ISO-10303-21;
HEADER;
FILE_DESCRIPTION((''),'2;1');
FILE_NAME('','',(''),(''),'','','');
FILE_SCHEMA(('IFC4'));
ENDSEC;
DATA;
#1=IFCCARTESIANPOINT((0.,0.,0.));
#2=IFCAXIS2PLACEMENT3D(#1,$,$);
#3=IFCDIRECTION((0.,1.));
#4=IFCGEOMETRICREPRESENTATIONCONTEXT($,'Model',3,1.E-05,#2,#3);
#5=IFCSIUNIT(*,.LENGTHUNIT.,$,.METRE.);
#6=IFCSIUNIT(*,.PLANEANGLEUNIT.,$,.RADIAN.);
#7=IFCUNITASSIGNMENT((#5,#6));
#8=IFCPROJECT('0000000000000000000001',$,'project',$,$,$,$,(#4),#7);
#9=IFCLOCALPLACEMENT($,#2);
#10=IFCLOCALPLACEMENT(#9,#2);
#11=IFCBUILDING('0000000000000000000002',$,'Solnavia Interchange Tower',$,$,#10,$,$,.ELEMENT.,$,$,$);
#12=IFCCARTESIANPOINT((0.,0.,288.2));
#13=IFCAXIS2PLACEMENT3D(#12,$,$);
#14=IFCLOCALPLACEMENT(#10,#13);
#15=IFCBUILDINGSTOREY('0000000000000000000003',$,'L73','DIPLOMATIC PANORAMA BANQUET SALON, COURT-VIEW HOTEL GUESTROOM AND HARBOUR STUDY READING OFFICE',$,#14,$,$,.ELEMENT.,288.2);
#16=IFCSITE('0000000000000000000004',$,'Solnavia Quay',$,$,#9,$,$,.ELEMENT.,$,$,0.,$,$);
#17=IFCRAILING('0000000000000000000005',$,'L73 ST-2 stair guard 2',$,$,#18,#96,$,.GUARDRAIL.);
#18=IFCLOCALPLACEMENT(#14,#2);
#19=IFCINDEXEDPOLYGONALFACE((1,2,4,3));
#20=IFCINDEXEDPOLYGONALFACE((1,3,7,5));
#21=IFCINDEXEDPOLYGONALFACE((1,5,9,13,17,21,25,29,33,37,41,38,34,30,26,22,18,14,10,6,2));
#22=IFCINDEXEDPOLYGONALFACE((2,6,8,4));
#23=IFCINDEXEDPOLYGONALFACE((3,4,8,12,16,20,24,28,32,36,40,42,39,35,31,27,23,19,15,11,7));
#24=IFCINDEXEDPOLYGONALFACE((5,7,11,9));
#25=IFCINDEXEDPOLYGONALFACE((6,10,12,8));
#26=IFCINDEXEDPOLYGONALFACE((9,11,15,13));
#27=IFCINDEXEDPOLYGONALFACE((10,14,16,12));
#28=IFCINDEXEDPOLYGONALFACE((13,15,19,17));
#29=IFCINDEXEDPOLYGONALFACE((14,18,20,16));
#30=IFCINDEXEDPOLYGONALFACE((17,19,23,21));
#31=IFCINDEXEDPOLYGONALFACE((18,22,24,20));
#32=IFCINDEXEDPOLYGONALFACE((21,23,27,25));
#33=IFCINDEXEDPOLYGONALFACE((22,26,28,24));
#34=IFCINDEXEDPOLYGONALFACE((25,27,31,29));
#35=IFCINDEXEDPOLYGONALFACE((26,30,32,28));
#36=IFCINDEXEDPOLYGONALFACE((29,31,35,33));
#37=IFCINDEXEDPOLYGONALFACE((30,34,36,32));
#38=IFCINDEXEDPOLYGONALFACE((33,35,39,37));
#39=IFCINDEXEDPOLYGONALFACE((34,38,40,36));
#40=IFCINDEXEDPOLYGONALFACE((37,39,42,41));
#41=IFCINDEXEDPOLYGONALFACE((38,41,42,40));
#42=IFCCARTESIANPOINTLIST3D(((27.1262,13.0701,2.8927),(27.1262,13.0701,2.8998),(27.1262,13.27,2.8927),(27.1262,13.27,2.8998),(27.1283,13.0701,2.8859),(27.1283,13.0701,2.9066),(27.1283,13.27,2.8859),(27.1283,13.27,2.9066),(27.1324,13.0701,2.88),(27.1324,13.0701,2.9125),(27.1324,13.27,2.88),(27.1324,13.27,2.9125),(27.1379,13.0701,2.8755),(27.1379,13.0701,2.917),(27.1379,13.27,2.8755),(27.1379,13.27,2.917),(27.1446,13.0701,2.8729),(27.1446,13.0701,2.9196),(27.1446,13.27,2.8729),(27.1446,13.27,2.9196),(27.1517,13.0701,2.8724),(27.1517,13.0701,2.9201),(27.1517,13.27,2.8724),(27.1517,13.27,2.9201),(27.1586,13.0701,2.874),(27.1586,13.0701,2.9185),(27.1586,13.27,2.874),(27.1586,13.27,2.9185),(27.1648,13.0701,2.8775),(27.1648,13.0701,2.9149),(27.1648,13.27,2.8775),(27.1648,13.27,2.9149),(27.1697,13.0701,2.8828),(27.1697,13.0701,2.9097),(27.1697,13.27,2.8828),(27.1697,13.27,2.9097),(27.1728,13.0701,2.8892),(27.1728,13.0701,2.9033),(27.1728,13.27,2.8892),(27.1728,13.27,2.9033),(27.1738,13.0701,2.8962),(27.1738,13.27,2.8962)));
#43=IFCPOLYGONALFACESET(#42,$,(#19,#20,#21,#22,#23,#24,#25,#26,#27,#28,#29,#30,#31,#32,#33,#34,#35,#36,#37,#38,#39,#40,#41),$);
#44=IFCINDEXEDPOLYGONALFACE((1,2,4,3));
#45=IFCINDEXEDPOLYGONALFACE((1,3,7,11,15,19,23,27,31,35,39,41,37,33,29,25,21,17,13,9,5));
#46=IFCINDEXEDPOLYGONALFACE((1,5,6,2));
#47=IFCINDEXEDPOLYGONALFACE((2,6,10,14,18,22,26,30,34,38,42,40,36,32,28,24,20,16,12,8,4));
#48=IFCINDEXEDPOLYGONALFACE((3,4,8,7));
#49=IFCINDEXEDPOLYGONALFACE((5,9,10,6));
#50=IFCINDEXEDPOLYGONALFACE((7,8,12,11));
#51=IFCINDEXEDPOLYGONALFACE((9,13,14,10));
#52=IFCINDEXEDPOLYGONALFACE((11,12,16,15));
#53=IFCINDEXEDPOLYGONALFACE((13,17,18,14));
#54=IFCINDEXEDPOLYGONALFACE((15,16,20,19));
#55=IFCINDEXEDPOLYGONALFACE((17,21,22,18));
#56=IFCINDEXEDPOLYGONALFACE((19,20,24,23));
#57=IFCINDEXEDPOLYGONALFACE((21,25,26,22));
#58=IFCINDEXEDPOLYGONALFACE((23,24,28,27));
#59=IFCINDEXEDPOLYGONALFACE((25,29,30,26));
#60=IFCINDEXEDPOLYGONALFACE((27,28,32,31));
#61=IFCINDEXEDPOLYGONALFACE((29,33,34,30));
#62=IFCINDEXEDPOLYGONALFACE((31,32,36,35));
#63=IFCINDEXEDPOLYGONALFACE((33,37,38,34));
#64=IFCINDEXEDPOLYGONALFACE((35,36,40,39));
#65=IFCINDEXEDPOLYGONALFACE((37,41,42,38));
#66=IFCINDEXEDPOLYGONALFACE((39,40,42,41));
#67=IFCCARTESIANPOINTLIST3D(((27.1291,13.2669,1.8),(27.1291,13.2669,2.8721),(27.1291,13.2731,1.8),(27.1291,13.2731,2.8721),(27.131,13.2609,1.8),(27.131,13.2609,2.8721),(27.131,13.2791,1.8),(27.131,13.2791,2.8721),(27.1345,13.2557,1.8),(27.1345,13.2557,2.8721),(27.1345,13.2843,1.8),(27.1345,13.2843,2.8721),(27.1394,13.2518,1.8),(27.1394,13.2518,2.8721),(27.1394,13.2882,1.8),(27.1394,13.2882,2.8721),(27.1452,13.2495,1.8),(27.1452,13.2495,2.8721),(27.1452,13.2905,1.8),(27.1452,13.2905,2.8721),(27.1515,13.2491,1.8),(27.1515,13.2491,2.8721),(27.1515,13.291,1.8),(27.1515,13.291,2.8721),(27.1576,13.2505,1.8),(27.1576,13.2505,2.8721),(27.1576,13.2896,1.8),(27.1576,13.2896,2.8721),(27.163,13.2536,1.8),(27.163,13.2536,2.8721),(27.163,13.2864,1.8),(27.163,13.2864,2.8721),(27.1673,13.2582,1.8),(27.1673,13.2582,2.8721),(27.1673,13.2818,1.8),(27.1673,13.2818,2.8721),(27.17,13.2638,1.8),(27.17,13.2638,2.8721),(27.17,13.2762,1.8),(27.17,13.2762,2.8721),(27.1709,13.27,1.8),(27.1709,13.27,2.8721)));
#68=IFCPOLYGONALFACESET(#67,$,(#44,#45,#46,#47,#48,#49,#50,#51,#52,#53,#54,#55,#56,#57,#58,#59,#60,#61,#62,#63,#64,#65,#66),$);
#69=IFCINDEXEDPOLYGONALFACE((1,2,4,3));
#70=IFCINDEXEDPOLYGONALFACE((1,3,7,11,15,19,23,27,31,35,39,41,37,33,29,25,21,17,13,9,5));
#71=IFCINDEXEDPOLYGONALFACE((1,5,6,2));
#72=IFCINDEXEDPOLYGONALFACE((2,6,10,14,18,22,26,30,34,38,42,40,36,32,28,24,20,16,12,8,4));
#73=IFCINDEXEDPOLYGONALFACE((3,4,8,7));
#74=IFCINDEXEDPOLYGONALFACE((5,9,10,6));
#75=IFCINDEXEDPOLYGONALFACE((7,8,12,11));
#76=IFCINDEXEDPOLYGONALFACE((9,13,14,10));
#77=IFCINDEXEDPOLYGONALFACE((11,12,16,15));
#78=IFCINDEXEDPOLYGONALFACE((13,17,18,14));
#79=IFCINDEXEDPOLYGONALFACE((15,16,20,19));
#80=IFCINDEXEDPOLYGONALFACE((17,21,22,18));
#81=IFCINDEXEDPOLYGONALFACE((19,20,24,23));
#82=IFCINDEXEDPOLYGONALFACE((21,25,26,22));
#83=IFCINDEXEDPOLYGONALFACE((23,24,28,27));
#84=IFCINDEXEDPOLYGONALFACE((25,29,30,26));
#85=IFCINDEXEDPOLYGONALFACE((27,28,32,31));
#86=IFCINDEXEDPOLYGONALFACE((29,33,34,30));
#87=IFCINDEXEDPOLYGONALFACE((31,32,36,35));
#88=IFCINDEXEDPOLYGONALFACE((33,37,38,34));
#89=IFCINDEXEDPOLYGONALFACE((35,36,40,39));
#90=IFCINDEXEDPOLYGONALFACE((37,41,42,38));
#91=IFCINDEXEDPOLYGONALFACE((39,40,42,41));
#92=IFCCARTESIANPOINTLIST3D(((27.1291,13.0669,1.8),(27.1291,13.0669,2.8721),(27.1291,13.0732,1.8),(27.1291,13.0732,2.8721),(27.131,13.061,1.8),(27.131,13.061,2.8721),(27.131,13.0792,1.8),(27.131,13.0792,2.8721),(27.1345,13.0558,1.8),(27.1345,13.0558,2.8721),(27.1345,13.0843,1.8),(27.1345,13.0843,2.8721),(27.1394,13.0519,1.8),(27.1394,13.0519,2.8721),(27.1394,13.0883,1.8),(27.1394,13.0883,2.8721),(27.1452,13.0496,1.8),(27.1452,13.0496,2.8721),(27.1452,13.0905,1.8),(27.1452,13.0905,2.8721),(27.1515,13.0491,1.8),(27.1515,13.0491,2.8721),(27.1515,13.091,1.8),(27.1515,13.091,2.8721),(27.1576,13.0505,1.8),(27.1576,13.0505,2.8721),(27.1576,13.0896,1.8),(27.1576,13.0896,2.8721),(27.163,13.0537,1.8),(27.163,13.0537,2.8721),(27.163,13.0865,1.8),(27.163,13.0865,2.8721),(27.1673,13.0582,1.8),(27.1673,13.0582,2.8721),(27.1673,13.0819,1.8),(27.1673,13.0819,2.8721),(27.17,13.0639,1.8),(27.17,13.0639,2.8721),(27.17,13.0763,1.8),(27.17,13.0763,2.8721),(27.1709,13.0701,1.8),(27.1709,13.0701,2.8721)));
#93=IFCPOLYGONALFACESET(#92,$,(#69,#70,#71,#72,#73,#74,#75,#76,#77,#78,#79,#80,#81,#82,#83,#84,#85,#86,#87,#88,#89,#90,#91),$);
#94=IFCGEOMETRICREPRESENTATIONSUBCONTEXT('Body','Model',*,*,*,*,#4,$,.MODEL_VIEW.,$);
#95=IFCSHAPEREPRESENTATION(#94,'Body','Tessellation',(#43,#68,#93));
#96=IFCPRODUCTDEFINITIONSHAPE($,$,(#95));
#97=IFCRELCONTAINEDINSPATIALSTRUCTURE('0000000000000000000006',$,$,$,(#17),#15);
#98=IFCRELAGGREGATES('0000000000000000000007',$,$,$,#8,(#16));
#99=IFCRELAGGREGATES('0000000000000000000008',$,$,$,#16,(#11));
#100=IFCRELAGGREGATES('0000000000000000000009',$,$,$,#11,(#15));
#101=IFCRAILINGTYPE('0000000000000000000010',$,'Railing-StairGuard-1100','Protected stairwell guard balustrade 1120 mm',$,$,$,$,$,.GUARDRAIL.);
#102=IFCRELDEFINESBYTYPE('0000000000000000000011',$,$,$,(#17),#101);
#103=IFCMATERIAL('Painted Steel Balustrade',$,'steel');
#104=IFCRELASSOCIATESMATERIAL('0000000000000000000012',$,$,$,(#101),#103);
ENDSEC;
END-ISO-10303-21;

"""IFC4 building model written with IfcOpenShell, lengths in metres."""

from ifc_helpers import new_model, si_unit, direction, frame, origin, origin_2d, place, context, subcontext, project, spatial, circle, extrude, material, type_object, element, save


model = new_model("IFC4")

# Units and contexts
model_context = context("Model", 3, precision=1e-05, world=origin(), true_north=direction((0.0, 1.0)))
body_context = subcontext(model_context, "Body", "Model", "MODEL_VIEW")
ifc_project = project(units=[si_unit("LENGTHUNIT", "METRE"), si_unit("PLANEANGLEUNIT", "RADIAN")], contexts=[model_context])

# Site, building, storey
site_placement = place(None, origin())
site = spatial("IfcSite", under=ifc_project, at=site_placement, Name="Solnavia Quay", CompositionType="ELEMENT", RefElevation=0.0)
building_placement = place(site_placement, origin())
building = spatial("IfcBuilding", under=site, at=building_placement, Name="Solnavia Interchange Tower", CompositionType="ELEMENT")
storey_placement = place(building_placement, frame((0.0, 0.0, 288.2)))
storey = spatial("IfcBuildingStorey", under=building, at=storey_placement, Name="L73", Description="DIPLOMATIC PANORAMA BANQUET SALON, COURT-VIEW HOTEL GUESTROOM AND HARBOUR STUDY READING OFFICE", CompositionType="ELEMENT", Elevation=288.2)

# Railing
ifc_material_1 = material(Name="Painted Steel Balustrade", Category="steel")
railing_type_1 = type_object("IfcRailingType", Name="Railing-StairGuard-1100", Description="Protected stairwell guard balustrade 1120 mm", PredefinedType="GUARDRAIL", material=ifc_material_1)
railing_1_placement = place(storey_placement, frame((27.1499, 13.27, 1.8)))
element("IfcRailing", 1, at=railing_1_placement, inside=storey, type_object=railing_type_1, Name="L73 ST-2 stair guard 2", PredefinedType="GUARDRAIL", context=body_context, shape_type="SweptSolid", body=[
    extrude(circle(Radius=0.0239, at=origin_2d()), frame((0.0, 0.0, 1.0962), z_axis=(0.0, -1.0, 0.0), x_axis=(1.0, 0.0, 0.0)), (0.0, 0.0, 1.0), 0.2),
    extrude(circle(Radius=0.021, at=origin_2d()), origin(), (0.0, 0.0, 1.0), 1.072),
    extrude(circle(Radius=0.021, at=origin_2d()), frame((0.0, -0.2, 0.0)), (0.0, 0.0, 1.0), 1.072),
])

save(model, "model.ifc")
